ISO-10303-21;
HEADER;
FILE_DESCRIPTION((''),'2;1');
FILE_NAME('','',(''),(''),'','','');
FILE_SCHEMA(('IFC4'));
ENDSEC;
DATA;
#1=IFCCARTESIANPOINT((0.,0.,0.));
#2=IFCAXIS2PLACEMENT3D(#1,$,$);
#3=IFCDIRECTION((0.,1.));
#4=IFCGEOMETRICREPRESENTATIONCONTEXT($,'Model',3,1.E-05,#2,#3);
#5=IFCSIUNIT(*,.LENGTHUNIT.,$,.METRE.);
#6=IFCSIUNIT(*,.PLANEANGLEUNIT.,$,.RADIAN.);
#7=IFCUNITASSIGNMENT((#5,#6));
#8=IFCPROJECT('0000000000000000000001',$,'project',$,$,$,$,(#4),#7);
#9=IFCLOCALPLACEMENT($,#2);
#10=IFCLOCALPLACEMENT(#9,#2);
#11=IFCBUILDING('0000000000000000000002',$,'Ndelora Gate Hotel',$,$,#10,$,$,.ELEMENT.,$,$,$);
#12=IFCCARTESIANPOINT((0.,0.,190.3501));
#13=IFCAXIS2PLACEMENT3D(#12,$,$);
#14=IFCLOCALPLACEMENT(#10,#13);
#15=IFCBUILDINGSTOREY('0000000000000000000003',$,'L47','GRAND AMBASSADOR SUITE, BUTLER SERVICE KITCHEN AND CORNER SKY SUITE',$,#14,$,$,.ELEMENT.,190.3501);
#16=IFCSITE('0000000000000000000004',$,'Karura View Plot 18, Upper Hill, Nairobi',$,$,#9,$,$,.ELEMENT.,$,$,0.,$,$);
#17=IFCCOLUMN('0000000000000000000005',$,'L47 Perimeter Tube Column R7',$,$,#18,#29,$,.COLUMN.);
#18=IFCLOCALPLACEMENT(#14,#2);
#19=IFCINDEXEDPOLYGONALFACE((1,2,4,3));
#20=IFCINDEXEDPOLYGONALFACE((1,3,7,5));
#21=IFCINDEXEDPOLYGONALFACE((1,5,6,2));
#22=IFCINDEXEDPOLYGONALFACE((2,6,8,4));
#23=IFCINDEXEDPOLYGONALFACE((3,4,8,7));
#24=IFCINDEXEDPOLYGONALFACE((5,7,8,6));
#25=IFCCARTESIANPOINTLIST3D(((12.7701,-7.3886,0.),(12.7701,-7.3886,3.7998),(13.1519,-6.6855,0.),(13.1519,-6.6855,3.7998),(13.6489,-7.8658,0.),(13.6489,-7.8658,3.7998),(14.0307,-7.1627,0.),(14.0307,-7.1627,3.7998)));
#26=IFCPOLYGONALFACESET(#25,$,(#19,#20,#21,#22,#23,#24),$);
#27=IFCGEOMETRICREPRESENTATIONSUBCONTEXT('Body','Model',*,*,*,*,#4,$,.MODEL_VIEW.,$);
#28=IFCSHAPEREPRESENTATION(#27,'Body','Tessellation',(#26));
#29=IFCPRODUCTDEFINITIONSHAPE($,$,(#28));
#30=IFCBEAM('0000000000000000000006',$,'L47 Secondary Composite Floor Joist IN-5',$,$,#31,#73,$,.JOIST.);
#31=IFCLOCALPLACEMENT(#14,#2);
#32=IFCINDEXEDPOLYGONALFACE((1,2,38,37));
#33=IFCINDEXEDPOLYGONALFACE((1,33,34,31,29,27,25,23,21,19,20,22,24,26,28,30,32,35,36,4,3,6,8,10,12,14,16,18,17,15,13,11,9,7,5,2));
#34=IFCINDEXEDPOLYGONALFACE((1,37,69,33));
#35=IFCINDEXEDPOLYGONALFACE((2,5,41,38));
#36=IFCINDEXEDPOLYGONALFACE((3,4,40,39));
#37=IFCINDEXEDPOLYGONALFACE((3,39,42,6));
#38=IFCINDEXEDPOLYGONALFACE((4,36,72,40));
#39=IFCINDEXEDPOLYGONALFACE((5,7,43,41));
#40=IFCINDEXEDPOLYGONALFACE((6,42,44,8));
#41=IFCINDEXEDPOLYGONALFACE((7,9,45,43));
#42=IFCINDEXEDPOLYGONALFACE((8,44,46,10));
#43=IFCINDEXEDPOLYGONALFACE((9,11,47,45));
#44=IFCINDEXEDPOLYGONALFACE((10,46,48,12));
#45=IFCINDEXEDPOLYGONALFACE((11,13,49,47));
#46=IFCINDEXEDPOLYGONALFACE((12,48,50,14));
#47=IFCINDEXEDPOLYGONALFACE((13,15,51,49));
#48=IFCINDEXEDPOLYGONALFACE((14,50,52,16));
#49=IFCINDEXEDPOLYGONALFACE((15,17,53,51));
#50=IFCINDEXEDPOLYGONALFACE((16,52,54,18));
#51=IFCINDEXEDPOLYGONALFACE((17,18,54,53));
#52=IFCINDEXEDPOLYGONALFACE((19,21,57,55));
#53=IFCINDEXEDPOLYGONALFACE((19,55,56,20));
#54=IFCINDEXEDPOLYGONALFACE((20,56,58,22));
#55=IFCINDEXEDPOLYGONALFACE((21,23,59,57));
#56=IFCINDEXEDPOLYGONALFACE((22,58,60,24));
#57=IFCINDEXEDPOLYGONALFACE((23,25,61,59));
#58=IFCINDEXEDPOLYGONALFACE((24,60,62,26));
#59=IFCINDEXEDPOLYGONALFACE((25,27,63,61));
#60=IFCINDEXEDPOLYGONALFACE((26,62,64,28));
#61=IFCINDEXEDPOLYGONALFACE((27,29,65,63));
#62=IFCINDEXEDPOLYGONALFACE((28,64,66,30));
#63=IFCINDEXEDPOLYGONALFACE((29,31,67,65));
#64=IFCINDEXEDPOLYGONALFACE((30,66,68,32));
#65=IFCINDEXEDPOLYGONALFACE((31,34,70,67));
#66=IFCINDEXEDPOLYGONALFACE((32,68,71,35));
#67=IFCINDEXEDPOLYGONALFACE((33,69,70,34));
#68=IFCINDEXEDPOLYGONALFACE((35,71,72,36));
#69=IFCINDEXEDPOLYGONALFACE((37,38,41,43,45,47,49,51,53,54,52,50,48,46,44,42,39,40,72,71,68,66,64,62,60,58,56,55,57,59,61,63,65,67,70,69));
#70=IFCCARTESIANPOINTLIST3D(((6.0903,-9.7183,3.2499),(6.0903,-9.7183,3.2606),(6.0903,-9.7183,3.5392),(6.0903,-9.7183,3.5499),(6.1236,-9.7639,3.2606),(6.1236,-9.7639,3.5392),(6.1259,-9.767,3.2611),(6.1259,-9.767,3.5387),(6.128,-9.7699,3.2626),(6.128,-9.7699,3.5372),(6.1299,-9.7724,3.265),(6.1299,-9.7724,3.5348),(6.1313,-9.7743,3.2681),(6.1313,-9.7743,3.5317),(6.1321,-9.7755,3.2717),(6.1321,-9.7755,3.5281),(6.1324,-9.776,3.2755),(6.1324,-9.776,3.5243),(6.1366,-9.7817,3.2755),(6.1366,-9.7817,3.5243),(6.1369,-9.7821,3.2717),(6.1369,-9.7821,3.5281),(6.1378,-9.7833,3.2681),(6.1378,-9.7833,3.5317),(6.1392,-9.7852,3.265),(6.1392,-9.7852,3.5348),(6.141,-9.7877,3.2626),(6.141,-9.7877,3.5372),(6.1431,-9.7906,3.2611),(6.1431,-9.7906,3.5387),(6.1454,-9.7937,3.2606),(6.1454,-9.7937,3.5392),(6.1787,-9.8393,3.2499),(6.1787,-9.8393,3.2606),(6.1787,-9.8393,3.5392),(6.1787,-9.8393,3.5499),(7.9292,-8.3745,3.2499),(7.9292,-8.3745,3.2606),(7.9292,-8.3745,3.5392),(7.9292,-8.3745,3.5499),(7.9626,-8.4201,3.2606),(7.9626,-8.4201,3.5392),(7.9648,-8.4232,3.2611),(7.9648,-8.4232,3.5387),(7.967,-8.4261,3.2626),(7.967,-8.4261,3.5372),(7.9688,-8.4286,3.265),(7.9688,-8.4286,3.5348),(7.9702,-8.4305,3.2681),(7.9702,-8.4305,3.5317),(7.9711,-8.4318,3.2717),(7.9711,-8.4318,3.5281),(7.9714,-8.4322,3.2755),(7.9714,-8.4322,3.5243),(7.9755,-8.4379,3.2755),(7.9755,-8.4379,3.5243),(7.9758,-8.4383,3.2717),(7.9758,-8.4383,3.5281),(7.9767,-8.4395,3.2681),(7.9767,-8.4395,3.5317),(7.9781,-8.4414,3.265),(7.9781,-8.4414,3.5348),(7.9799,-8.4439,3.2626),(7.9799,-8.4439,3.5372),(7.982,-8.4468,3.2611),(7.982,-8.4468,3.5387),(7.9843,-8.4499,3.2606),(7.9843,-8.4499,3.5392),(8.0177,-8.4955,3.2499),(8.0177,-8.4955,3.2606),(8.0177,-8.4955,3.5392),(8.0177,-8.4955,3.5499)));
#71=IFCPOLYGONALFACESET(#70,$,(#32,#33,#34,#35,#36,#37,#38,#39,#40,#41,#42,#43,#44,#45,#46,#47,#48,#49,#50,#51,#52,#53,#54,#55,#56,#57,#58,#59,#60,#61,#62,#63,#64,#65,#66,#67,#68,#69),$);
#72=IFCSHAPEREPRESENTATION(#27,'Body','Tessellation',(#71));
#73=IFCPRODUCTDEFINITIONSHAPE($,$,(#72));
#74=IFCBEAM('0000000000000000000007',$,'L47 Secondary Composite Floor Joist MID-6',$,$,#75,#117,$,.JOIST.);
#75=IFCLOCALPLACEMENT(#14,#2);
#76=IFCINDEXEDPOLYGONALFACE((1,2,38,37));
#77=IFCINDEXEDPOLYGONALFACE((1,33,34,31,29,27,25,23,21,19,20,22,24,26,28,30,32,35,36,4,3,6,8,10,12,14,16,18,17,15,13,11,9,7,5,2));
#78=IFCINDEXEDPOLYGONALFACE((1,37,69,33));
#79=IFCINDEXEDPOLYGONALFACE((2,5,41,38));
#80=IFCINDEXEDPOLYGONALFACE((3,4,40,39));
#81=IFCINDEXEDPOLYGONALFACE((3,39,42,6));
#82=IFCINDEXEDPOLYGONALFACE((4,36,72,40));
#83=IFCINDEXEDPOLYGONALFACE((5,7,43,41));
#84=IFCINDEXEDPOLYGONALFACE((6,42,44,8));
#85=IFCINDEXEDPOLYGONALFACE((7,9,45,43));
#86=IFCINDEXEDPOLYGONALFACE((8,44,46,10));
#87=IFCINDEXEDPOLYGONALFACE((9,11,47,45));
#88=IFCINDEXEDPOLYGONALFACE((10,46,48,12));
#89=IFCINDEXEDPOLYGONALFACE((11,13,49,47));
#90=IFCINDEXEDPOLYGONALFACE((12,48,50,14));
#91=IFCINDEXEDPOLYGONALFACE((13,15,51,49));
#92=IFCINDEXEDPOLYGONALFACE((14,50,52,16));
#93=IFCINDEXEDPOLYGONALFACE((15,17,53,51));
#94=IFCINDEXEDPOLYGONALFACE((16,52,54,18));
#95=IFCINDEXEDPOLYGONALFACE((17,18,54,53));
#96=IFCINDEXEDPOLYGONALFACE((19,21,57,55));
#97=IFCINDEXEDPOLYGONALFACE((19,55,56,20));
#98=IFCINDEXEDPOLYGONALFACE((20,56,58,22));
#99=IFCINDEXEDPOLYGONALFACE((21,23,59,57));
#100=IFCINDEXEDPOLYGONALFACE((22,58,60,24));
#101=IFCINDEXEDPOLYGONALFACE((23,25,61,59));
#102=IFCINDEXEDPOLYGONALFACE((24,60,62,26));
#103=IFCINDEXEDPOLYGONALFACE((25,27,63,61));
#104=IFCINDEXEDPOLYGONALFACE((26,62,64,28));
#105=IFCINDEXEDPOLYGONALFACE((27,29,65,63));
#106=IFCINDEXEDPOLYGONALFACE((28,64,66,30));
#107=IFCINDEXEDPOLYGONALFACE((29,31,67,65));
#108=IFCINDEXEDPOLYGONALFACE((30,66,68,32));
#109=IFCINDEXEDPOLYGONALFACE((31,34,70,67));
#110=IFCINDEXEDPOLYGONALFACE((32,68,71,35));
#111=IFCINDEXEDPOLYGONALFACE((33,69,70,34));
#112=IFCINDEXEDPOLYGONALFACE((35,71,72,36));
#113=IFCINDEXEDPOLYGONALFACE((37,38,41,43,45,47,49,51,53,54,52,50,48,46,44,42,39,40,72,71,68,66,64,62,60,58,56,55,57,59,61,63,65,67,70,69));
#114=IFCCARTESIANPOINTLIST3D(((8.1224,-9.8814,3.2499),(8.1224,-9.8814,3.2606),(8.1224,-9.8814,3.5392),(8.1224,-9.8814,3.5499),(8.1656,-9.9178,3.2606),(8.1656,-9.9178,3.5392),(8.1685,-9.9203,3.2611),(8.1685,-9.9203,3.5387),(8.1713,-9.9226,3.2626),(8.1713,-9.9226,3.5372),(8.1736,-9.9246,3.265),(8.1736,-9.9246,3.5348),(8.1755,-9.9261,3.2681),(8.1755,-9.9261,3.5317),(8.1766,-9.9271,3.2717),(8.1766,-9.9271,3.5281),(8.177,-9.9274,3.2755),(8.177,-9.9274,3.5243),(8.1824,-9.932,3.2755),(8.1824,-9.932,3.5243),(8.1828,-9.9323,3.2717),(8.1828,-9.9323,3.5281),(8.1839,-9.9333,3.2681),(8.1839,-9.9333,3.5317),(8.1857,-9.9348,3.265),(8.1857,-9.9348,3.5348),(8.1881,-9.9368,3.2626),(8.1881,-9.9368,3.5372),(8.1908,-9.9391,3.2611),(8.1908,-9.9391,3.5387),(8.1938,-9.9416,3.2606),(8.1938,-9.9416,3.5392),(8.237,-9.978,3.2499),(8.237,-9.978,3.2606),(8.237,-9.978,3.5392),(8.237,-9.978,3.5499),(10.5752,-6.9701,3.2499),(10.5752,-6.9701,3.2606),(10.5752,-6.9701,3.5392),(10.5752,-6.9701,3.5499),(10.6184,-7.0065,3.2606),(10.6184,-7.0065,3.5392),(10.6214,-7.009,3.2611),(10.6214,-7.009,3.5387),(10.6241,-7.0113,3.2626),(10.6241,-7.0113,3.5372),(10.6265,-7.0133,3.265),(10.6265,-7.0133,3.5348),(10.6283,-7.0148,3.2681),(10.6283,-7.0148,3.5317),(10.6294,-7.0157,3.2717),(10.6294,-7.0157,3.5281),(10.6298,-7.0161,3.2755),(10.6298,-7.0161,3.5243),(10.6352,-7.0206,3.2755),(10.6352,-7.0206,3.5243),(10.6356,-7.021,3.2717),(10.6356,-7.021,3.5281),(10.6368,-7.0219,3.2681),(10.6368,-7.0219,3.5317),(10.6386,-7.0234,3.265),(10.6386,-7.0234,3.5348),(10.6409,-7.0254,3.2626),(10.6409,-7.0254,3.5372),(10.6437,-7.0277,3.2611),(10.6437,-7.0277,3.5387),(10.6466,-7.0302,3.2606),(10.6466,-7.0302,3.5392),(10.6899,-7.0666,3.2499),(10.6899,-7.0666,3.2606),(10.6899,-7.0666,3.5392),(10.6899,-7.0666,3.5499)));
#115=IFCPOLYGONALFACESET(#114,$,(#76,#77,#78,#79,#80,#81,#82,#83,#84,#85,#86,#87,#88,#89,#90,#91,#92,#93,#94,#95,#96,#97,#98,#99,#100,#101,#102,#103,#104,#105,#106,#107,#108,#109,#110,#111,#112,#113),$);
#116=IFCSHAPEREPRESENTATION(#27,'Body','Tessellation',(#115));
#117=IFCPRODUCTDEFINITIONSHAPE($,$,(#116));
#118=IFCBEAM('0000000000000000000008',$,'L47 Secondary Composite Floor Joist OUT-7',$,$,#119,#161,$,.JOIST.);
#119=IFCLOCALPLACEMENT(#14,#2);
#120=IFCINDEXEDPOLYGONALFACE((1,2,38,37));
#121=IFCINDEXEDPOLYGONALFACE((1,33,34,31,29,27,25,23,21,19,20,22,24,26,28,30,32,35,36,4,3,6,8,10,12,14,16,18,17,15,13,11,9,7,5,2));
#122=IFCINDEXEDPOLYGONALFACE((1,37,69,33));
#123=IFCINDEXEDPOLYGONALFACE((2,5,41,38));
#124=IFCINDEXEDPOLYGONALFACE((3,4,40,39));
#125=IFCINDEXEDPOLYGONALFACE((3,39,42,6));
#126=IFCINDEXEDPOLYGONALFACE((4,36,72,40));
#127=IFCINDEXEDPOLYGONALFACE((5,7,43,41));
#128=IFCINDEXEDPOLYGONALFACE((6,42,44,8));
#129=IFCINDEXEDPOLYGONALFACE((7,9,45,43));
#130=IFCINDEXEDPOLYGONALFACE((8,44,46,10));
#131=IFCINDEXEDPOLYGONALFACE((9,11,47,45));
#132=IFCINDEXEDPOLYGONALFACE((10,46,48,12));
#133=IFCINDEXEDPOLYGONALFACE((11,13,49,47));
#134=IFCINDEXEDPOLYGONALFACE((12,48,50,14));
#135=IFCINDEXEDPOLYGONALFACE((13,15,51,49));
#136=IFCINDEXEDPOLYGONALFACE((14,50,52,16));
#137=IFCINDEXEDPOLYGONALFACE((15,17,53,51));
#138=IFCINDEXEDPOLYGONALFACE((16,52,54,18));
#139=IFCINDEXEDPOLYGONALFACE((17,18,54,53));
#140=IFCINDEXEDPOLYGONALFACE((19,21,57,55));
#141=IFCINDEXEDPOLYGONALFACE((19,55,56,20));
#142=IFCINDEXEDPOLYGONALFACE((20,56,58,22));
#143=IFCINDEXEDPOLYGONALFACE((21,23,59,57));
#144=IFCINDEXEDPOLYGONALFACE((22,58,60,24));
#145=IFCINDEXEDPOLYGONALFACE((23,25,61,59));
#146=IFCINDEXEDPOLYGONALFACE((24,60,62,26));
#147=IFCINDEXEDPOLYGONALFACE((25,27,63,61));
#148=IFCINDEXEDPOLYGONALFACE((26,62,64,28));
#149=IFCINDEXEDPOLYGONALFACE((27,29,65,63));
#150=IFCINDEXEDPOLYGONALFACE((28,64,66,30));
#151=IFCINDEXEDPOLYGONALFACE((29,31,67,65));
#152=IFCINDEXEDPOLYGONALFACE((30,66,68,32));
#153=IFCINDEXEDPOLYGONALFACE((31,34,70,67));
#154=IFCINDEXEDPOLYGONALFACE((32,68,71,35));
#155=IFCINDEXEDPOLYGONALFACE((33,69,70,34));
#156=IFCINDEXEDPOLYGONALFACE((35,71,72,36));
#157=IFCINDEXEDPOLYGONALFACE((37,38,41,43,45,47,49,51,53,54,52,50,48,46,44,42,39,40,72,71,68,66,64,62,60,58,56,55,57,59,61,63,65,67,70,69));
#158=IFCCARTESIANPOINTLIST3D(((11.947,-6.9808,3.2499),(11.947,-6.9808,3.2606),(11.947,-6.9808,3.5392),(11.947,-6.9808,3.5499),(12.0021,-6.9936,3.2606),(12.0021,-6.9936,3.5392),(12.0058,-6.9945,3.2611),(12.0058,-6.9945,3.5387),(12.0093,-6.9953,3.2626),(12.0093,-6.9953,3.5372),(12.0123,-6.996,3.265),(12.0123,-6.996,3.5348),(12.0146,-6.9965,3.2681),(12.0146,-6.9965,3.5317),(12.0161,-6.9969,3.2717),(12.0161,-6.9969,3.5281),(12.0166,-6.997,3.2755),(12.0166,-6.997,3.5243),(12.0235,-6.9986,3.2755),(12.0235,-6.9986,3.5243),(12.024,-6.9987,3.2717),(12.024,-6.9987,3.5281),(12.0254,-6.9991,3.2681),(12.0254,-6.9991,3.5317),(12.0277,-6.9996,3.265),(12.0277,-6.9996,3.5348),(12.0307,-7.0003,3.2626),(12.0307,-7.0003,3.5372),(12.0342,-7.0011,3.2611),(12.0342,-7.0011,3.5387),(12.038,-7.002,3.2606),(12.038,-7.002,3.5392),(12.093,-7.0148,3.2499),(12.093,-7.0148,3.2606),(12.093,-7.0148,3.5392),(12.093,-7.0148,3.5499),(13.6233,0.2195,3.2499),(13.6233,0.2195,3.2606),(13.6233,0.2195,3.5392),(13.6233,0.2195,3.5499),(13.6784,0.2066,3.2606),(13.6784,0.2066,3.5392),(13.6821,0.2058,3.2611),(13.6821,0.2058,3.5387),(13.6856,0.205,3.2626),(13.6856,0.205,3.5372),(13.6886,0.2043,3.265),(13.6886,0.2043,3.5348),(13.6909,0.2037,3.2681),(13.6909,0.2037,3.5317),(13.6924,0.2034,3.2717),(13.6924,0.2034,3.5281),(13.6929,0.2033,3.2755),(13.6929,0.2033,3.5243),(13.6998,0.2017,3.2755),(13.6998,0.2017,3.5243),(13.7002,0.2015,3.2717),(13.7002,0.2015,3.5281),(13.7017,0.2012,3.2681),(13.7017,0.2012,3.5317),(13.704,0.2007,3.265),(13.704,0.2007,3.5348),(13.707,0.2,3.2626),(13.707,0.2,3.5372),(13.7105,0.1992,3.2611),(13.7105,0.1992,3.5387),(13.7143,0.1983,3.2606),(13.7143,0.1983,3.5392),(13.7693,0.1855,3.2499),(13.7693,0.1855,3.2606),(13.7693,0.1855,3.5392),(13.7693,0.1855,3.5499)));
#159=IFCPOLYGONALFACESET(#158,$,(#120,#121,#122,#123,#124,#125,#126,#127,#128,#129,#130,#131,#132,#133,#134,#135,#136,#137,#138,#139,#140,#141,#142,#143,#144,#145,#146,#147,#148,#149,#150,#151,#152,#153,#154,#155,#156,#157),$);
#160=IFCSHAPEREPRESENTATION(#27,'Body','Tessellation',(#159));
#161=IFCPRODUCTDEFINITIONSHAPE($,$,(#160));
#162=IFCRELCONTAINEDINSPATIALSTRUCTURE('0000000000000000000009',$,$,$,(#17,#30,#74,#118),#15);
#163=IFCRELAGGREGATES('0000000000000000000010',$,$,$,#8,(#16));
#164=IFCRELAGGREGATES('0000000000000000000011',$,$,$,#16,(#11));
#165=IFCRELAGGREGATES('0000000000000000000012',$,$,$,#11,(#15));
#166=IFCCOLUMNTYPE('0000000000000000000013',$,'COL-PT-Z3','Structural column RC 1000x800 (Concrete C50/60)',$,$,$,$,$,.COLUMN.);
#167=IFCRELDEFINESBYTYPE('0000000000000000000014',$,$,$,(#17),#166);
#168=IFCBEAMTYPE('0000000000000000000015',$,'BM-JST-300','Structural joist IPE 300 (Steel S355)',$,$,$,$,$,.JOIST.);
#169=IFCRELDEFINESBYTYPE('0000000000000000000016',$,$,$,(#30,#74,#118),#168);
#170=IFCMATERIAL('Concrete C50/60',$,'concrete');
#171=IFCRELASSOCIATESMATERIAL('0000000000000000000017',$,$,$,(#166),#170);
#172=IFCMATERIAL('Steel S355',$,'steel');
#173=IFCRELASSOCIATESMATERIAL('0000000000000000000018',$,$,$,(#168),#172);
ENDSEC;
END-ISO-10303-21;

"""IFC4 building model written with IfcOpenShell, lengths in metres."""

from ifc_helpers import new_model, si_unit, direction, frame, origin, origin_2d, place, context, subcontext, project, spatial, rectangle, i_section, extrude, material, material_profile, profile_set, type_object, element, save


model = new_model("IFC4")

# Units and contexts
model_context = context("Model", 3, precision=1e-05, world=origin(), true_north=direction((0.0, 1.0)))
body_context = subcontext(model_context, "Body", "Model", "MODEL_VIEW")
ifc_project = project(units=[si_unit("LENGTHUNIT", "METRE"), si_unit("PLANEANGLEUNIT", "RADIAN")], contexts=[model_context])

# Site, building, storey
site_placement = place(None, origin())
site = spatial("IfcSite", under=ifc_project, at=site_placement, Name="Karura View Plot 18, Upper Hill, Nairobi", CompositionType="ELEMENT", RefElevation=0.0)
building_placement = place(site_placement, origin())
building = spatial("IfcBuilding", under=site, at=building_placement, Name="Ndelora Gate Hotel", CompositionType="ELEMENT")
storey_placement = place(building_placement, frame((0.0, 0.0, 190.3501)))
storey = spatial("IfcBuildingStorey", under=building, at=storey_placement, Name="L47", Description="GRAND AMBASSADOR SUITE, BUTLER SERVICE KITCHEN AND CORNER SKY SUITE", CompositionType="ELEMENT", Elevation=190.3501)

# Column
ifc_material_1 = material(Name="Concrete C50/60", Category="concrete")
ifc_material_profile_1 = material_profile(ifc_material_1, rectangle(XDim=0.8, YDim=1.0, at=origin_2d()), Name="RC 1000x800")
ifc_profile_set_1 = profile_set([ifc_material_profile_1], Name="Concrete C50/60")
column_type = type_object("IfcColumnType", Name="COL-PT-Z3", Description="Structural column RC 1000x800 (Concrete C50/60)", PredefinedType="COLUMN", material=ifc_profile_set_1)
column_placement = place(storey_placement, frame((13.4004, -7.2756, 0.0), z_axis=(0.0, 0.0, 1.0), x_axis=(0.477159, 0.878817, 0.0)))
element("IfcColumn", 1, at=column_placement, inside=storey, type_object=column_type, Name="L47 Perimeter Tube Column R7", PredefinedType="COLUMN", context=body_context, shape_type="SweptSolid", body=[
    extrude(rectangle(XDim=0.8, YDim=1.0, at=origin_2d()), origin(), (0.0, 0.0, 1.0), 3.7998),
])

# Beams
ifc_material_2 = material(Name="Steel S355", Category="steel")
ifc_material_profile_2 = material_profile(ifc_material_2, i_section(OverallWidth=0.1499, OverallDepth=0.3, WebThickness=0.0071, FlangeThickness=0.0107, FilletRadius=0.0149, at=origin_2d()), Name="IPE 300")
ifc_profile_set_2 = profile_set([ifc_material_profile_2], Name="Steel S355")
beam_type_1 = type_object("IfcBeamType", Name="BM-JST-300", Description="Structural joist IPE 300 (Steel S355)", PredefinedType="JOIST", material=ifc_profile_set_2)
beam_1_placement = place(storey_placement, frame((6.1345, -9.7788, 3.3999), z_axis=(0.807399, 0.590006, 0.0), x_axis=(-0.590006, 0.807399, 0.0)))
element("IfcBeam", 2, at=beam_1_placement, inside=storey, type_object=beam_type_1, Name="L47 Secondary Composite Floor Joist IN-5", PredefinedType="JOIST", context=body_context, shape_type="SweptSolid", body=[
    extrude(i_section(OverallWidth=0.1499, OverallDepth=0.3, WebThickness=0.0071, FlangeThickness=0.0107, FilletRadius=0.0149, at=origin_2d()), origin(), (0.0, 0.0, 1.0), 2.2776),
])
beam_2_placement = place(storey_placement, frame((8.1797, -9.9297, 3.3999), z_axis=(0.644319, 0.764757, 0.0), x_axis=(-0.764757, 0.644319, 0.0)))
element("IfcBeam", 3, at=beam_2_placement, inside=storey, type_object=beam_type_1, Name="L47 Secondary Composite Floor Joist MID-6", PredefinedType="JOIST", context=body_context, shape_type="SweptSolid", body=[
    extrude(i_section(OverallWidth=0.1499, OverallDepth=0.3, WebThickness=0.0071, FlangeThickness=0.0107, FilletRadius=0.0149, at=origin_2d()), origin(), (0.0, 0.0, 1.0), 3.8069),
])
beam_3_placement = place(storey_placement, frame((12.02, -6.9978, 3.3999), z_axis=(0.226745, 0.973954, 0.0), x_axis=(-0.973954, 0.226745, 0.0)))
element("IfcBeam", 4, at=beam_3_placement, inside=storey, type_object=beam_type_1, Name="L47 Secondary Composite Floor Joist OUT-7", PredefinedType="JOIST", context=body_context, shape_type="SweptSolid", body=[
    extrude(i_section(OverallWidth=0.1499, OverallDepth=0.3, WebThickness=0.0071, FlangeThickness=0.0107, FilletRadius=0.0149, at=origin_2d()), origin(), (0.0, 0.0, 1.0), 7.3928),
])

save(model, "model.ifc")
